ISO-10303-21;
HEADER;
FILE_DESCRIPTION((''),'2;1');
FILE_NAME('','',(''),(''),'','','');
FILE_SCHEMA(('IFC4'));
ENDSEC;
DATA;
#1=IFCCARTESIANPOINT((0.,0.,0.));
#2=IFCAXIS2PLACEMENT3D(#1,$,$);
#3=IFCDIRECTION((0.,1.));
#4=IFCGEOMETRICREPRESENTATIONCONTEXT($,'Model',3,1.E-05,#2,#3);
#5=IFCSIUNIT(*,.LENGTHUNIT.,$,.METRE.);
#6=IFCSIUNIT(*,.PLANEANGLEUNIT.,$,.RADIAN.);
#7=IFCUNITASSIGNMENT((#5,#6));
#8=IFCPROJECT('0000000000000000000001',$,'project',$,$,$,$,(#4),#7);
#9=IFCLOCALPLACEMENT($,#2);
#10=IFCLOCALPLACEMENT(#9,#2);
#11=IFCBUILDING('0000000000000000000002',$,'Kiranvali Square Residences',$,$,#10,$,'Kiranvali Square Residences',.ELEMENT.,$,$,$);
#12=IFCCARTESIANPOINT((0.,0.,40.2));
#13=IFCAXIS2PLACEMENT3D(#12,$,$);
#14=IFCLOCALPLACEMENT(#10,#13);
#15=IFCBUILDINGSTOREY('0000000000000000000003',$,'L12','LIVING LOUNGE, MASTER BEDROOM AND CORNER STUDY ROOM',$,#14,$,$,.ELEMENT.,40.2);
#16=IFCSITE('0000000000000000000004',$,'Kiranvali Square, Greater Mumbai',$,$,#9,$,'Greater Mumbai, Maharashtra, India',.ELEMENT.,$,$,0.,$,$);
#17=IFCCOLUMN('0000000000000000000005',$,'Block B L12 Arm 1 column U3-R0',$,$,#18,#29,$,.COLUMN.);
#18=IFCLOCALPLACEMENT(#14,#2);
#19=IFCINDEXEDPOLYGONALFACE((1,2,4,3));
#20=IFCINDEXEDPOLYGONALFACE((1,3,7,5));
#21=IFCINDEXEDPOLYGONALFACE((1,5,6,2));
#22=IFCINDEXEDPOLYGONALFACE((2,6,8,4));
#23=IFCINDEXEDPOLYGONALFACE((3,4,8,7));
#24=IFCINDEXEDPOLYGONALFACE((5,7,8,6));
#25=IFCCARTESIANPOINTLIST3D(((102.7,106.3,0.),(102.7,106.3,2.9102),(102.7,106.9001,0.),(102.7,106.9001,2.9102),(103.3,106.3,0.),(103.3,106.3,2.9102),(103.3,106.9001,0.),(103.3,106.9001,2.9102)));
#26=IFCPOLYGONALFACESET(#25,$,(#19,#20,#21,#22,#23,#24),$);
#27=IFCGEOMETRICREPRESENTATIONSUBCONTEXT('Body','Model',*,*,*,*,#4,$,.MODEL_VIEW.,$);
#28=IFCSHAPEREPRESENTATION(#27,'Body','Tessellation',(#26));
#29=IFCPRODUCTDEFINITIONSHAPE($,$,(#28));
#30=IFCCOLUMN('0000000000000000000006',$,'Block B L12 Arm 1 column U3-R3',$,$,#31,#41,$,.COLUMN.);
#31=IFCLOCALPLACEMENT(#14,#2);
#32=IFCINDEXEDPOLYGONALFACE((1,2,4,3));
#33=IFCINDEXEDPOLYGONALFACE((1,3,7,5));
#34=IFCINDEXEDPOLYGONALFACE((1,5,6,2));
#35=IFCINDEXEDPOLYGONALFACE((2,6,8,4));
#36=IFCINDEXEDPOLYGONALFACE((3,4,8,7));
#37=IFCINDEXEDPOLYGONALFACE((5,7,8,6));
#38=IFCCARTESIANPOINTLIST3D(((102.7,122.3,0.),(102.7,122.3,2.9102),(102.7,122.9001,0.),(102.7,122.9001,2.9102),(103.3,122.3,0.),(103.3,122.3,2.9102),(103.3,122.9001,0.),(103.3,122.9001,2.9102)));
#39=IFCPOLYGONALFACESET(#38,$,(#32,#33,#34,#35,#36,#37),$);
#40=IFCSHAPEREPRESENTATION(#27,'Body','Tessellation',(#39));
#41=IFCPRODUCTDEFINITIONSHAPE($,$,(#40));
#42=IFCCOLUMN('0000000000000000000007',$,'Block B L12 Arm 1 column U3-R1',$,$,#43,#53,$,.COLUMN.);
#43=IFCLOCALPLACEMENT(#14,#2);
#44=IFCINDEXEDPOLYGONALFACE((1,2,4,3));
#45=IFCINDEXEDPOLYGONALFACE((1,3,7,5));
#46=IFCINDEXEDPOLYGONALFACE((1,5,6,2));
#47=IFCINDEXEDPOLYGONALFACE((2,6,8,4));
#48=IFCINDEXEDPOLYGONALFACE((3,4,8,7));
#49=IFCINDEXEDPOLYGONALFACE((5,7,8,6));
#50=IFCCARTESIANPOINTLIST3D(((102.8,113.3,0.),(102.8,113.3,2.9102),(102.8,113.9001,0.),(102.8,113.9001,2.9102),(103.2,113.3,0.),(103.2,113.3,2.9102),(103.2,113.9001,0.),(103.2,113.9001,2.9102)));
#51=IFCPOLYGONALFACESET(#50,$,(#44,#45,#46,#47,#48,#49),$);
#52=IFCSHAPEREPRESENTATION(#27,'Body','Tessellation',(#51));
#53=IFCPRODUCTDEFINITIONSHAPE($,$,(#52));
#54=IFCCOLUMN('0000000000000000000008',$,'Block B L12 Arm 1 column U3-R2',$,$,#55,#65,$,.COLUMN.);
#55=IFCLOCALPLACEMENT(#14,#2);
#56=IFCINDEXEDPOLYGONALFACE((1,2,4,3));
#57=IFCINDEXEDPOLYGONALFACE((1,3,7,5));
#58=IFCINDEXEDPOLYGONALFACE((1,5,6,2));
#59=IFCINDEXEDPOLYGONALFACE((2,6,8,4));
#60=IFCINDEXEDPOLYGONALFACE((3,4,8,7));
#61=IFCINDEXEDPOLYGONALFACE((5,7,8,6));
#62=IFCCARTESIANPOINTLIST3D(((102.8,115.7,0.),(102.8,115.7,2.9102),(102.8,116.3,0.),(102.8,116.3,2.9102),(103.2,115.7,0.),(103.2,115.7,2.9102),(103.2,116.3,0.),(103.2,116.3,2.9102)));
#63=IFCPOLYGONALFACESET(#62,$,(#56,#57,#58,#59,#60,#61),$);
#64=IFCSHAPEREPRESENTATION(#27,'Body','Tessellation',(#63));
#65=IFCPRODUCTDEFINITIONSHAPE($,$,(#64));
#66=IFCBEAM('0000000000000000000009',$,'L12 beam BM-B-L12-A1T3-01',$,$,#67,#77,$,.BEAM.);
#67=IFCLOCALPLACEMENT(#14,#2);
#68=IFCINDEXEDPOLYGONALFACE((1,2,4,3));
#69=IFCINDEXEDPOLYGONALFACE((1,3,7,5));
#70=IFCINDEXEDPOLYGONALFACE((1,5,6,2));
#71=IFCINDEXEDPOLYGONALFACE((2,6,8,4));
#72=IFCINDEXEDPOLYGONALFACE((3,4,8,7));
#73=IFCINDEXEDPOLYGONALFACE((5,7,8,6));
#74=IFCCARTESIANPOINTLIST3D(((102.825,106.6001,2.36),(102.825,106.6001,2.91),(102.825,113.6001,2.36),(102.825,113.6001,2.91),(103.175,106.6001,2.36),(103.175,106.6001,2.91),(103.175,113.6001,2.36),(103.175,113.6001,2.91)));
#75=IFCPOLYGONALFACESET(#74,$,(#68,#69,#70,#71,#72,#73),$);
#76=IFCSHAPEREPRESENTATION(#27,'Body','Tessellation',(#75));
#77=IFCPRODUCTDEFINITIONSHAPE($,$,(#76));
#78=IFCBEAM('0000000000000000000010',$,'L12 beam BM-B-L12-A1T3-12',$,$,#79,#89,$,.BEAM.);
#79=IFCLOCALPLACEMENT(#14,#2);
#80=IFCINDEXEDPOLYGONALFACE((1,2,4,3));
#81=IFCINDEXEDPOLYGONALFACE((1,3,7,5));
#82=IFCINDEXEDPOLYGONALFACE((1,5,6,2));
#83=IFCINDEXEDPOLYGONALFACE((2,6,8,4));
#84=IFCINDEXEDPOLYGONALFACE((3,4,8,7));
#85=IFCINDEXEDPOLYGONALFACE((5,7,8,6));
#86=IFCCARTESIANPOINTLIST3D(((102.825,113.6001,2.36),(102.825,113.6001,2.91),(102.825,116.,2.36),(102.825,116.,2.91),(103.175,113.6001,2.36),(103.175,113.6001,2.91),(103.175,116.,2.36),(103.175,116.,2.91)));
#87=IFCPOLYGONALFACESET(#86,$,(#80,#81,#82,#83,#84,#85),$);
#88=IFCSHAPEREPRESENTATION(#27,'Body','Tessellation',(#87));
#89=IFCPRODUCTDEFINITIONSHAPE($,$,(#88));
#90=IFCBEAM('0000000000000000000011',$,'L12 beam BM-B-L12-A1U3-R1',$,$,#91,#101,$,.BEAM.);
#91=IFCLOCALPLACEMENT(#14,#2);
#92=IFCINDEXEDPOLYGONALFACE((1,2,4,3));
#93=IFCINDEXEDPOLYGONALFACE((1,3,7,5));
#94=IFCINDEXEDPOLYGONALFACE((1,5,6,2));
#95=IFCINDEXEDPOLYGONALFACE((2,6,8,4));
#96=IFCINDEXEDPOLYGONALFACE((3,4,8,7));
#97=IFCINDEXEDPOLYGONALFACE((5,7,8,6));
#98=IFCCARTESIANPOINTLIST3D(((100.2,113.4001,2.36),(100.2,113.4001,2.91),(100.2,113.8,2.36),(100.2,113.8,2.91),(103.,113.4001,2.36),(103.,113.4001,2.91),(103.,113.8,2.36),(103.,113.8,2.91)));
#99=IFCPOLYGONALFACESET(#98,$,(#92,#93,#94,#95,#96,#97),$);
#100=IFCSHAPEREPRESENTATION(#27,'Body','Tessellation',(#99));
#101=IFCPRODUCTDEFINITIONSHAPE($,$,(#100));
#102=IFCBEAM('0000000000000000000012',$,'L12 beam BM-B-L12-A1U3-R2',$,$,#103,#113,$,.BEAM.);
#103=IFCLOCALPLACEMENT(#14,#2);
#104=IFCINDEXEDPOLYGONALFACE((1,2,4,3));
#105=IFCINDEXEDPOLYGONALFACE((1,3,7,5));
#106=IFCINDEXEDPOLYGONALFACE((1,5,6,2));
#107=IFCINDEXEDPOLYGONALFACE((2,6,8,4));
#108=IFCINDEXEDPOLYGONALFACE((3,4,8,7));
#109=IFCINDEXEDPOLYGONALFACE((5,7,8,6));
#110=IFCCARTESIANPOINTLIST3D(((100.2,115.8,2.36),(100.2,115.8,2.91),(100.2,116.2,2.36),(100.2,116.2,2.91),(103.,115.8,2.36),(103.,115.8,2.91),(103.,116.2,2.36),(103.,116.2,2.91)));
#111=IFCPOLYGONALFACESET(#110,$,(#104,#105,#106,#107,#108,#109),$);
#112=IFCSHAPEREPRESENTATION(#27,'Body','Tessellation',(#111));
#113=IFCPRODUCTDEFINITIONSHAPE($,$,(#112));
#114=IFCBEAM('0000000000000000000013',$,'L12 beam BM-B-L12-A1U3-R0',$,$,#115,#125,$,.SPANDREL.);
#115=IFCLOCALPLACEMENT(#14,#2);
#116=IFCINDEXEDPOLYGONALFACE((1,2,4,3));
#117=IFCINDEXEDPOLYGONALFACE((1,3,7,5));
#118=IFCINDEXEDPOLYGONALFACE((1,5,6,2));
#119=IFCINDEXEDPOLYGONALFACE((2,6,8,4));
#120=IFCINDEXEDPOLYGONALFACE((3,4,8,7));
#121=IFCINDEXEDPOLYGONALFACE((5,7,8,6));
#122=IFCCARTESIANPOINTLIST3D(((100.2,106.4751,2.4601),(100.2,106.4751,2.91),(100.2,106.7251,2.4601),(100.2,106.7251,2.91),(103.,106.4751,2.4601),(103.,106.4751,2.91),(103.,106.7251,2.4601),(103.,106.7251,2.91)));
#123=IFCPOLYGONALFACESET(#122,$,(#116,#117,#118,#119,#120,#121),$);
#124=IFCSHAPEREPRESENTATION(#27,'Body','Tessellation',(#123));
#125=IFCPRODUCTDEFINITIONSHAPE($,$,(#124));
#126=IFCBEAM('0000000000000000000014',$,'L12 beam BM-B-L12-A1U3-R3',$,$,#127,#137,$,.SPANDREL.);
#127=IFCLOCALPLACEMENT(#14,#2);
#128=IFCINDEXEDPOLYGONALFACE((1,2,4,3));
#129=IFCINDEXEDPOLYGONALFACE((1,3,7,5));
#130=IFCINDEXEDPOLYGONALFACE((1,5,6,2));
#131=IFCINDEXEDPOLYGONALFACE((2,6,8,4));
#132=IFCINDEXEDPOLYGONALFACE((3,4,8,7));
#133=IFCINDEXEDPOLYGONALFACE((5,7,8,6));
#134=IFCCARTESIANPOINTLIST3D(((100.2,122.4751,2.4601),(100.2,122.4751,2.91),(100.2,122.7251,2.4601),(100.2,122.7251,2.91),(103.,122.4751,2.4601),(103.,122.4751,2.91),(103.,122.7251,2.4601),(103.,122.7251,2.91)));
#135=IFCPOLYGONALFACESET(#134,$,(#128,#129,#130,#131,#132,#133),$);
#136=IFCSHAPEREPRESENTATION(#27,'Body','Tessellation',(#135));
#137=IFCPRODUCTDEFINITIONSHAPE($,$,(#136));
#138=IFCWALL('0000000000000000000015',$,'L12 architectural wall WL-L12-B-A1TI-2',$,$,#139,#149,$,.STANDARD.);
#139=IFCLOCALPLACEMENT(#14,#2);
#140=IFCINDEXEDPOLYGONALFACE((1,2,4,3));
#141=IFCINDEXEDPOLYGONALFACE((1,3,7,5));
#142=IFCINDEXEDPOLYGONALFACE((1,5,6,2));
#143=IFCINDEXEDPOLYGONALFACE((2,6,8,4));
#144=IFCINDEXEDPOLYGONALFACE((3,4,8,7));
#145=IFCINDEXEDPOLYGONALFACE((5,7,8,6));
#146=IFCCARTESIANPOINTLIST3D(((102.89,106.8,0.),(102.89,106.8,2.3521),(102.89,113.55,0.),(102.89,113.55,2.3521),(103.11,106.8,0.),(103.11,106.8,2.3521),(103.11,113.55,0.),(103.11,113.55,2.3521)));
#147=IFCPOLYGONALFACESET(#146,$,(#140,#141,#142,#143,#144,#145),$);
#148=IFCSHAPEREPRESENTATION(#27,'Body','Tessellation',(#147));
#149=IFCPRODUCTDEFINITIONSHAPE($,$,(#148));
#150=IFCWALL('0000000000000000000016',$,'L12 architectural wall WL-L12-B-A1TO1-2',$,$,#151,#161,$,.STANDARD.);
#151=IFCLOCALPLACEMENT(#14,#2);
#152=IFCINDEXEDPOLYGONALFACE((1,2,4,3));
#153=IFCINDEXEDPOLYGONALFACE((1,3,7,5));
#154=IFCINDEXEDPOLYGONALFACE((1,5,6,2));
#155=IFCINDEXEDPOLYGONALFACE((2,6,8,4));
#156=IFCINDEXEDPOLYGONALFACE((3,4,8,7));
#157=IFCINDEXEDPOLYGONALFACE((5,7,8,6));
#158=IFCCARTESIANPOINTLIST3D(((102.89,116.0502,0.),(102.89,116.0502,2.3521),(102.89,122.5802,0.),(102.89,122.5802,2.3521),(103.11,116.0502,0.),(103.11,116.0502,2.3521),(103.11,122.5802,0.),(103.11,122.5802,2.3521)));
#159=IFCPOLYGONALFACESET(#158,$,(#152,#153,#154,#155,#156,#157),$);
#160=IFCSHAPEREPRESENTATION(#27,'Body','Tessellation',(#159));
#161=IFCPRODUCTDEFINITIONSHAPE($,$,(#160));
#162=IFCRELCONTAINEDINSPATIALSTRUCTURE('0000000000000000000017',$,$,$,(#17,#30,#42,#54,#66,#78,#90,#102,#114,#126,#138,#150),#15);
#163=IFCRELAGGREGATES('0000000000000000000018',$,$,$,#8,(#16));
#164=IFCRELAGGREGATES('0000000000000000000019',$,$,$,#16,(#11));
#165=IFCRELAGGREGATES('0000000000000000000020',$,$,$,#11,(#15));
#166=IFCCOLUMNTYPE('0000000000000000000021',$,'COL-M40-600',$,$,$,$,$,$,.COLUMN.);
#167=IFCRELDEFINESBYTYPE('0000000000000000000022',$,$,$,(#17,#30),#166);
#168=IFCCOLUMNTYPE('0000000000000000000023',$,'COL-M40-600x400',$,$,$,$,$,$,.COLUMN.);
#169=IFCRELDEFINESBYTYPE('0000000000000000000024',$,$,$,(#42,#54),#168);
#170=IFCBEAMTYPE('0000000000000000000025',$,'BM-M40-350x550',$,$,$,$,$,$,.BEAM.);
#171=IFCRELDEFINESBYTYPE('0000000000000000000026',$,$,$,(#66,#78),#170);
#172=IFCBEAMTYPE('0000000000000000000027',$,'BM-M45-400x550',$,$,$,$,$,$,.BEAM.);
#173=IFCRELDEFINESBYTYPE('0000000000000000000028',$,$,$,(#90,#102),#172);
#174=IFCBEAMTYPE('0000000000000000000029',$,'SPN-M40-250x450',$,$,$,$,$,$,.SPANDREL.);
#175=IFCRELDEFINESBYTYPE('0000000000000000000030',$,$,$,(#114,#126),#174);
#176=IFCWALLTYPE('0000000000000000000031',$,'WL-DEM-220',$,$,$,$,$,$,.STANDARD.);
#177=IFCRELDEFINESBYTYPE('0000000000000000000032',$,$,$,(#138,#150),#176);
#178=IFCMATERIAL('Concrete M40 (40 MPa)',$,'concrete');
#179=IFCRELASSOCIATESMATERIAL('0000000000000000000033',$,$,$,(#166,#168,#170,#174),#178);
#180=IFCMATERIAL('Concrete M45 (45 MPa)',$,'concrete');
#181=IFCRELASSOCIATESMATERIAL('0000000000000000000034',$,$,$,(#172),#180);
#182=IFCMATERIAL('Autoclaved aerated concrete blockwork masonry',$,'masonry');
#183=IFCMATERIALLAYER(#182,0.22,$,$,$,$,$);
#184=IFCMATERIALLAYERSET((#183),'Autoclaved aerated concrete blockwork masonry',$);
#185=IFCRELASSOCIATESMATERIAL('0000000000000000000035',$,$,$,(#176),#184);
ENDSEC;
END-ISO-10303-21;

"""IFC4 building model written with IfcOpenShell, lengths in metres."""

from ifc_helpers import new_model, si_unit, direction, frame, frame_2d, origin, origin_2d, place, context, subcontext, project, spatial, rectangle, extrude, material, layer, layer_set, material_profile, profile_set, type_object, element, save


model = new_model("IFC4")

# Units and contexts
model_context = context("Model", 3, precision=1e-05, world=origin(), true_north=direction((0.0, 1.0)))
body_context = subcontext(model_context, "Body", "Model", "MODEL_VIEW")
ifc_project = project(units=[si_unit("LENGTHUNIT", "METRE"), si_unit("PLANEANGLEUNIT", "RADIAN")], contexts=[model_context])

# Site, building, storey
site_placement = place(None, origin())
site = spatial("IfcSite", under=ifc_project, at=site_placement, Name="Kiranvali Square, Greater Mumbai", LongName="Greater Mumbai, Maharashtra, India", CompositionType="ELEMENT", RefElevation=0.0)
building_placement = place(site_placement, origin())
building = spatial("IfcBuilding", under=site, at=building_placement, Name="Kiranvali Square Residences", LongName="Kiranvali Square Residences", CompositionType="ELEMENT")
storey_placement = place(building_placement, frame((0.0, 0.0, 40.2)))
storey = spatial("IfcBuildingStorey", under=building, at=storey_placement, Name="L12", Description="LIVING LOUNGE, MASTER BEDROOM AND CORNER STUDY ROOM", CompositionType="ELEMENT", Elevation=40.2)

# Columns
ifc_material_1 = material(Name="Concrete M40 (40 MPa)", Category="concrete")
ifc_material_profile_1 = material_profile(ifc_material_1, rectangle(XDim=0.6001, YDim=0.6001, at=origin_2d()), Name="RC 600x600")
ifc_profile_set_1 = profile_set([ifc_material_profile_1], Name="Concrete M40 (40 MPa)")
column_type_1 = type_object("IfcColumnType", Name="COL-M40-600", PredefinedType="COLUMN", material=ifc_profile_set_1)
for number, where, z_axis, x_axis, name in (
    (1, (103.0, 106.6001, 0.0), (0.0, 0.0, 1.0), (1.0, 0.0, 0.0), "Block B L12 Arm 1 column U3-R0"),
    (2, (103.0, 122.6001, 0.0), (0.0, 0.0, 1.0), (1.0, 0.0, 0.0), "Block B L12 Arm 1 column U3-R3"),
):
    element("IfcColumn", number, at=place(storey_placement, frame(where, z_axis=z_axis, x_axis=x_axis)), inside=storey, type_object=column_type_1, Name=name, PredefinedType="COLUMN", context=body_context, shape_type="SweptSolid", body=[
        extrude(rectangle(XDim=0.6001, YDim=0.6001, at=origin_2d()), origin(), (0.0, 0.0, 1.0), 2.9102),
    ])
ifc_material_profile_2 = material_profile(ifc_material_1, rectangle(XDim=0.3999, YDim=0.6001, at=origin_2d()), Name="RC 600x400")
ifc_profile_set_2 = profile_set([ifc_material_profile_2], Name="Concrete M40 (40 MPa)")
column_type_2 = type_object("IfcColumnType", Name="COL-M40-600x400", PredefinedType="COLUMN", material=ifc_profile_set_2)
for number, where, z_axis, x_axis, name in (
    (3, (103.0, 113.6001, 0.0), (0.0, 0.0, 1.0), (1.0, 0.0, 0.0), "Block B L12 Arm 1 column U3-R1"),
    (4, (103.0, 116.0, 0.0), (0.0, 0.0, 1.0), (1.0, 0.0, 0.0), "Block B L12 Arm 1 column U3-R2"),
):
    element("IfcColumn", number, at=place(storey_placement, frame(where, z_axis=z_axis, x_axis=x_axis)), inside=storey, type_object=column_type_2, Name=name, PredefinedType="COLUMN", context=body_context, shape_type="SweptSolid", body=[
        extrude(rectangle(XDim=0.3999, YDim=0.6001, at=origin_2d()), origin(), (0.0, 0.0, 1.0), 2.9102),
    ])

# Beams
ifc_material_profile_3 = material_profile(ifc_material_1, rectangle(XDim=0.3501, YDim=0.55, at=origin_2d()), Name="RC 350x550")
ifc_profile_set_3 = profile_set([ifc_material_profile_3], Name="Concrete M40 (40 MPa)")
beam_type_1 = type_object("IfcBeamType", Name="BM-M40-350x550", PredefinedType="BEAM", material=ifc_profile_set_3)
beam_1_placement = place(storey_placement, frame((103.0, 106.6001, 2.635), z_axis=(0.0, 1.0, 0.0), x_axis=(-1.0, 0.0, 0.0)))
element("IfcBeam", 5, at=beam_1_placement, inside=storey, type_object=beam_type_1, Name="L12 beam BM-B-L12-A1T3-01", PredefinedType="BEAM", context=body_context, shape_type="SweptSolid", body=[
    extrude(rectangle(XDim=0.3501, YDim=0.55, at=origin_2d()), origin(), (0.0, 0.0, 1.0), 7.0),
])
beam_2_placement = place(storey_placement, frame((103.0, 113.6001, 2.635), z_axis=(0.0, 1.0, 0.0), x_axis=(-1.0, 0.0, 0.0)))
element("IfcBeam", 6, at=beam_2_placement, inside=storey, type_object=beam_type_1, Name="L12 beam BM-B-L12-A1T3-12", PredefinedType="BEAM", context=body_context, shape_type="SweptSolid", body=[
    extrude(rectangle(XDim=0.3501, YDim=0.55, at=origin_2d()), origin(), (0.0, 0.0, 1.0), 2.3999),
])
ifc_material_2 = material(Name="Concrete M45 (45 MPa)", Category="concrete")
ifc_material_profile_4 = material_profile(ifc_material_2, rectangle(XDim=0.3999, YDim=0.55, at=origin_2d()), Name="RC 400x550")
ifc_profile_set_4 = profile_set([ifc_material_profile_4], Name="Concrete M45 (45 MPa)")
beam_type_2 = type_object("IfcBeamType", Name="BM-M45-400x550", PredefinedType="BEAM", material=ifc_profile_set_4)
for number, where, z_axis, x_axis, name in (
    (7, (103.0, 113.6001, 2.635), (-1.0, 0.0, 0.0), (0.0, -1.0, 0.0), "L12 beam BM-B-L12-A1U3-R1"),
    (8, (103.0, 116.0, 2.635), (-1.0, 0.0, 0.0), (0.0, -1.0, 0.0), "L12 beam BM-B-L12-A1U3-R2"),
):
    element("IfcBeam", number, at=place(storey_placement, frame(where, z_axis=z_axis, x_axis=x_axis)), inside=storey, type_object=beam_type_2, Name=name, PredefinedType="BEAM", context=body_context, shape_type="SweptSolid", body=[
        extrude(rectangle(XDim=0.3999, YDim=0.55, at=origin_2d()), origin(), (0.0, 0.0, 1.0), 2.8),
    ])
ifc_material_profile_5 = material_profile(ifc_material_1, rectangle(XDim=0.25, YDim=0.45, at=origin_2d()), Name="RC 250x450")
ifc_profile_set_5 = profile_set([ifc_material_profile_5], Name="Concrete M40 (40 MPa)")
beam_type_3 = type_object("IfcBeamType", Name="SPN-M40-250x450", PredefinedType="SPANDREL", material=ifc_profile_set_5)
for number, where, z_axis, x_axis, name in (
    (9, (103.0, 106.6001, 2.6851), (-1.0, 0.0, 0.0), (0.0, -1.0, 0.0), "L12 beam BM-B-L12-A1U3-R0"),
    (10, (103.0, 122.6001, 2.6851), (-1.0, 0.0, 0.0), (0.0, -1.0, 0.0), "L12 beam BM-B-L12-A1U3-R3"),
):
    element("IfcBeam", number, at=place(storey_placement, frame(where, z_axis=z_axis, x_axis=x_axis)), inside=storey, type_object=beam_type_3, Name=name, PredefinedType="SPANDREL", context=body_context, shape_type="SweptSolid", body=[
        extrude(rectangle(XDim=0.25, YDim=0.45, at=origin_2d()), origin(), (0.0, 0.0, 1.0), 2.8),
    ])

# Shared definitions
ifc_material_3 = material(Name="Autoclaved aerated concrete blockwork masonry", Category="masonry")

# Walls
ifc_layer_1 = layer(ifc_material_3, 0.22)
ifc_layer_set_1 = layer_set([ifc_layer_1], Name="Autoclaved aerated concrete blockwork masonry")
wall_type_1 = type_object("IfcWallType", Name="WL-DEM-220", PredefinedType="STANDARD", material=ifc_layer_set_1)
wall_1_placement = place(storey_placement, frame((103.0, 106.8, 0.0), z_axis=(0.0, 0.0, 1.0), x_axis=(0.0, 1.0, 0.0)))
element("IfcWall", 11, at=wall_1_placement, inside=storey, type_object=wall_type_1, Name="L12 architectural wall WL-L12-B-A1TI-2", PredefinedType="STANDARD", context=body_context, shape_type="SweptSolid", body=[
    extrude(rectangle(XDim=6.75, YDim=0.22, at=frame_2d((3.375, 0.0))), origin(), (0.0, 0.0, 1.0), 2.3521),
])
wall_2_placement = place(storey_placement, frame((103.0, 116.05, 0.0), z_axis=(0.0, 0.0, 1.0), x_axis=(0.0, 1.0, 0.0)))
element("IfcWall", 12, at=wall_2_placement, inside=storey, type_object=wall_type_1, Name="L12 architectural wall WL-L12-B-A1TO1-2", PredefinedType="STANDARD", context=body_context, shape_type="SweptSolid", body=[
    extrude(rectangle(XDim=6.53, YDim=0.22, at=frame_2d((3.2651, 0.0))), origin(), (0.0, 0.0, 1.0), 2.3521),
])

save(model, "model.ifc")
